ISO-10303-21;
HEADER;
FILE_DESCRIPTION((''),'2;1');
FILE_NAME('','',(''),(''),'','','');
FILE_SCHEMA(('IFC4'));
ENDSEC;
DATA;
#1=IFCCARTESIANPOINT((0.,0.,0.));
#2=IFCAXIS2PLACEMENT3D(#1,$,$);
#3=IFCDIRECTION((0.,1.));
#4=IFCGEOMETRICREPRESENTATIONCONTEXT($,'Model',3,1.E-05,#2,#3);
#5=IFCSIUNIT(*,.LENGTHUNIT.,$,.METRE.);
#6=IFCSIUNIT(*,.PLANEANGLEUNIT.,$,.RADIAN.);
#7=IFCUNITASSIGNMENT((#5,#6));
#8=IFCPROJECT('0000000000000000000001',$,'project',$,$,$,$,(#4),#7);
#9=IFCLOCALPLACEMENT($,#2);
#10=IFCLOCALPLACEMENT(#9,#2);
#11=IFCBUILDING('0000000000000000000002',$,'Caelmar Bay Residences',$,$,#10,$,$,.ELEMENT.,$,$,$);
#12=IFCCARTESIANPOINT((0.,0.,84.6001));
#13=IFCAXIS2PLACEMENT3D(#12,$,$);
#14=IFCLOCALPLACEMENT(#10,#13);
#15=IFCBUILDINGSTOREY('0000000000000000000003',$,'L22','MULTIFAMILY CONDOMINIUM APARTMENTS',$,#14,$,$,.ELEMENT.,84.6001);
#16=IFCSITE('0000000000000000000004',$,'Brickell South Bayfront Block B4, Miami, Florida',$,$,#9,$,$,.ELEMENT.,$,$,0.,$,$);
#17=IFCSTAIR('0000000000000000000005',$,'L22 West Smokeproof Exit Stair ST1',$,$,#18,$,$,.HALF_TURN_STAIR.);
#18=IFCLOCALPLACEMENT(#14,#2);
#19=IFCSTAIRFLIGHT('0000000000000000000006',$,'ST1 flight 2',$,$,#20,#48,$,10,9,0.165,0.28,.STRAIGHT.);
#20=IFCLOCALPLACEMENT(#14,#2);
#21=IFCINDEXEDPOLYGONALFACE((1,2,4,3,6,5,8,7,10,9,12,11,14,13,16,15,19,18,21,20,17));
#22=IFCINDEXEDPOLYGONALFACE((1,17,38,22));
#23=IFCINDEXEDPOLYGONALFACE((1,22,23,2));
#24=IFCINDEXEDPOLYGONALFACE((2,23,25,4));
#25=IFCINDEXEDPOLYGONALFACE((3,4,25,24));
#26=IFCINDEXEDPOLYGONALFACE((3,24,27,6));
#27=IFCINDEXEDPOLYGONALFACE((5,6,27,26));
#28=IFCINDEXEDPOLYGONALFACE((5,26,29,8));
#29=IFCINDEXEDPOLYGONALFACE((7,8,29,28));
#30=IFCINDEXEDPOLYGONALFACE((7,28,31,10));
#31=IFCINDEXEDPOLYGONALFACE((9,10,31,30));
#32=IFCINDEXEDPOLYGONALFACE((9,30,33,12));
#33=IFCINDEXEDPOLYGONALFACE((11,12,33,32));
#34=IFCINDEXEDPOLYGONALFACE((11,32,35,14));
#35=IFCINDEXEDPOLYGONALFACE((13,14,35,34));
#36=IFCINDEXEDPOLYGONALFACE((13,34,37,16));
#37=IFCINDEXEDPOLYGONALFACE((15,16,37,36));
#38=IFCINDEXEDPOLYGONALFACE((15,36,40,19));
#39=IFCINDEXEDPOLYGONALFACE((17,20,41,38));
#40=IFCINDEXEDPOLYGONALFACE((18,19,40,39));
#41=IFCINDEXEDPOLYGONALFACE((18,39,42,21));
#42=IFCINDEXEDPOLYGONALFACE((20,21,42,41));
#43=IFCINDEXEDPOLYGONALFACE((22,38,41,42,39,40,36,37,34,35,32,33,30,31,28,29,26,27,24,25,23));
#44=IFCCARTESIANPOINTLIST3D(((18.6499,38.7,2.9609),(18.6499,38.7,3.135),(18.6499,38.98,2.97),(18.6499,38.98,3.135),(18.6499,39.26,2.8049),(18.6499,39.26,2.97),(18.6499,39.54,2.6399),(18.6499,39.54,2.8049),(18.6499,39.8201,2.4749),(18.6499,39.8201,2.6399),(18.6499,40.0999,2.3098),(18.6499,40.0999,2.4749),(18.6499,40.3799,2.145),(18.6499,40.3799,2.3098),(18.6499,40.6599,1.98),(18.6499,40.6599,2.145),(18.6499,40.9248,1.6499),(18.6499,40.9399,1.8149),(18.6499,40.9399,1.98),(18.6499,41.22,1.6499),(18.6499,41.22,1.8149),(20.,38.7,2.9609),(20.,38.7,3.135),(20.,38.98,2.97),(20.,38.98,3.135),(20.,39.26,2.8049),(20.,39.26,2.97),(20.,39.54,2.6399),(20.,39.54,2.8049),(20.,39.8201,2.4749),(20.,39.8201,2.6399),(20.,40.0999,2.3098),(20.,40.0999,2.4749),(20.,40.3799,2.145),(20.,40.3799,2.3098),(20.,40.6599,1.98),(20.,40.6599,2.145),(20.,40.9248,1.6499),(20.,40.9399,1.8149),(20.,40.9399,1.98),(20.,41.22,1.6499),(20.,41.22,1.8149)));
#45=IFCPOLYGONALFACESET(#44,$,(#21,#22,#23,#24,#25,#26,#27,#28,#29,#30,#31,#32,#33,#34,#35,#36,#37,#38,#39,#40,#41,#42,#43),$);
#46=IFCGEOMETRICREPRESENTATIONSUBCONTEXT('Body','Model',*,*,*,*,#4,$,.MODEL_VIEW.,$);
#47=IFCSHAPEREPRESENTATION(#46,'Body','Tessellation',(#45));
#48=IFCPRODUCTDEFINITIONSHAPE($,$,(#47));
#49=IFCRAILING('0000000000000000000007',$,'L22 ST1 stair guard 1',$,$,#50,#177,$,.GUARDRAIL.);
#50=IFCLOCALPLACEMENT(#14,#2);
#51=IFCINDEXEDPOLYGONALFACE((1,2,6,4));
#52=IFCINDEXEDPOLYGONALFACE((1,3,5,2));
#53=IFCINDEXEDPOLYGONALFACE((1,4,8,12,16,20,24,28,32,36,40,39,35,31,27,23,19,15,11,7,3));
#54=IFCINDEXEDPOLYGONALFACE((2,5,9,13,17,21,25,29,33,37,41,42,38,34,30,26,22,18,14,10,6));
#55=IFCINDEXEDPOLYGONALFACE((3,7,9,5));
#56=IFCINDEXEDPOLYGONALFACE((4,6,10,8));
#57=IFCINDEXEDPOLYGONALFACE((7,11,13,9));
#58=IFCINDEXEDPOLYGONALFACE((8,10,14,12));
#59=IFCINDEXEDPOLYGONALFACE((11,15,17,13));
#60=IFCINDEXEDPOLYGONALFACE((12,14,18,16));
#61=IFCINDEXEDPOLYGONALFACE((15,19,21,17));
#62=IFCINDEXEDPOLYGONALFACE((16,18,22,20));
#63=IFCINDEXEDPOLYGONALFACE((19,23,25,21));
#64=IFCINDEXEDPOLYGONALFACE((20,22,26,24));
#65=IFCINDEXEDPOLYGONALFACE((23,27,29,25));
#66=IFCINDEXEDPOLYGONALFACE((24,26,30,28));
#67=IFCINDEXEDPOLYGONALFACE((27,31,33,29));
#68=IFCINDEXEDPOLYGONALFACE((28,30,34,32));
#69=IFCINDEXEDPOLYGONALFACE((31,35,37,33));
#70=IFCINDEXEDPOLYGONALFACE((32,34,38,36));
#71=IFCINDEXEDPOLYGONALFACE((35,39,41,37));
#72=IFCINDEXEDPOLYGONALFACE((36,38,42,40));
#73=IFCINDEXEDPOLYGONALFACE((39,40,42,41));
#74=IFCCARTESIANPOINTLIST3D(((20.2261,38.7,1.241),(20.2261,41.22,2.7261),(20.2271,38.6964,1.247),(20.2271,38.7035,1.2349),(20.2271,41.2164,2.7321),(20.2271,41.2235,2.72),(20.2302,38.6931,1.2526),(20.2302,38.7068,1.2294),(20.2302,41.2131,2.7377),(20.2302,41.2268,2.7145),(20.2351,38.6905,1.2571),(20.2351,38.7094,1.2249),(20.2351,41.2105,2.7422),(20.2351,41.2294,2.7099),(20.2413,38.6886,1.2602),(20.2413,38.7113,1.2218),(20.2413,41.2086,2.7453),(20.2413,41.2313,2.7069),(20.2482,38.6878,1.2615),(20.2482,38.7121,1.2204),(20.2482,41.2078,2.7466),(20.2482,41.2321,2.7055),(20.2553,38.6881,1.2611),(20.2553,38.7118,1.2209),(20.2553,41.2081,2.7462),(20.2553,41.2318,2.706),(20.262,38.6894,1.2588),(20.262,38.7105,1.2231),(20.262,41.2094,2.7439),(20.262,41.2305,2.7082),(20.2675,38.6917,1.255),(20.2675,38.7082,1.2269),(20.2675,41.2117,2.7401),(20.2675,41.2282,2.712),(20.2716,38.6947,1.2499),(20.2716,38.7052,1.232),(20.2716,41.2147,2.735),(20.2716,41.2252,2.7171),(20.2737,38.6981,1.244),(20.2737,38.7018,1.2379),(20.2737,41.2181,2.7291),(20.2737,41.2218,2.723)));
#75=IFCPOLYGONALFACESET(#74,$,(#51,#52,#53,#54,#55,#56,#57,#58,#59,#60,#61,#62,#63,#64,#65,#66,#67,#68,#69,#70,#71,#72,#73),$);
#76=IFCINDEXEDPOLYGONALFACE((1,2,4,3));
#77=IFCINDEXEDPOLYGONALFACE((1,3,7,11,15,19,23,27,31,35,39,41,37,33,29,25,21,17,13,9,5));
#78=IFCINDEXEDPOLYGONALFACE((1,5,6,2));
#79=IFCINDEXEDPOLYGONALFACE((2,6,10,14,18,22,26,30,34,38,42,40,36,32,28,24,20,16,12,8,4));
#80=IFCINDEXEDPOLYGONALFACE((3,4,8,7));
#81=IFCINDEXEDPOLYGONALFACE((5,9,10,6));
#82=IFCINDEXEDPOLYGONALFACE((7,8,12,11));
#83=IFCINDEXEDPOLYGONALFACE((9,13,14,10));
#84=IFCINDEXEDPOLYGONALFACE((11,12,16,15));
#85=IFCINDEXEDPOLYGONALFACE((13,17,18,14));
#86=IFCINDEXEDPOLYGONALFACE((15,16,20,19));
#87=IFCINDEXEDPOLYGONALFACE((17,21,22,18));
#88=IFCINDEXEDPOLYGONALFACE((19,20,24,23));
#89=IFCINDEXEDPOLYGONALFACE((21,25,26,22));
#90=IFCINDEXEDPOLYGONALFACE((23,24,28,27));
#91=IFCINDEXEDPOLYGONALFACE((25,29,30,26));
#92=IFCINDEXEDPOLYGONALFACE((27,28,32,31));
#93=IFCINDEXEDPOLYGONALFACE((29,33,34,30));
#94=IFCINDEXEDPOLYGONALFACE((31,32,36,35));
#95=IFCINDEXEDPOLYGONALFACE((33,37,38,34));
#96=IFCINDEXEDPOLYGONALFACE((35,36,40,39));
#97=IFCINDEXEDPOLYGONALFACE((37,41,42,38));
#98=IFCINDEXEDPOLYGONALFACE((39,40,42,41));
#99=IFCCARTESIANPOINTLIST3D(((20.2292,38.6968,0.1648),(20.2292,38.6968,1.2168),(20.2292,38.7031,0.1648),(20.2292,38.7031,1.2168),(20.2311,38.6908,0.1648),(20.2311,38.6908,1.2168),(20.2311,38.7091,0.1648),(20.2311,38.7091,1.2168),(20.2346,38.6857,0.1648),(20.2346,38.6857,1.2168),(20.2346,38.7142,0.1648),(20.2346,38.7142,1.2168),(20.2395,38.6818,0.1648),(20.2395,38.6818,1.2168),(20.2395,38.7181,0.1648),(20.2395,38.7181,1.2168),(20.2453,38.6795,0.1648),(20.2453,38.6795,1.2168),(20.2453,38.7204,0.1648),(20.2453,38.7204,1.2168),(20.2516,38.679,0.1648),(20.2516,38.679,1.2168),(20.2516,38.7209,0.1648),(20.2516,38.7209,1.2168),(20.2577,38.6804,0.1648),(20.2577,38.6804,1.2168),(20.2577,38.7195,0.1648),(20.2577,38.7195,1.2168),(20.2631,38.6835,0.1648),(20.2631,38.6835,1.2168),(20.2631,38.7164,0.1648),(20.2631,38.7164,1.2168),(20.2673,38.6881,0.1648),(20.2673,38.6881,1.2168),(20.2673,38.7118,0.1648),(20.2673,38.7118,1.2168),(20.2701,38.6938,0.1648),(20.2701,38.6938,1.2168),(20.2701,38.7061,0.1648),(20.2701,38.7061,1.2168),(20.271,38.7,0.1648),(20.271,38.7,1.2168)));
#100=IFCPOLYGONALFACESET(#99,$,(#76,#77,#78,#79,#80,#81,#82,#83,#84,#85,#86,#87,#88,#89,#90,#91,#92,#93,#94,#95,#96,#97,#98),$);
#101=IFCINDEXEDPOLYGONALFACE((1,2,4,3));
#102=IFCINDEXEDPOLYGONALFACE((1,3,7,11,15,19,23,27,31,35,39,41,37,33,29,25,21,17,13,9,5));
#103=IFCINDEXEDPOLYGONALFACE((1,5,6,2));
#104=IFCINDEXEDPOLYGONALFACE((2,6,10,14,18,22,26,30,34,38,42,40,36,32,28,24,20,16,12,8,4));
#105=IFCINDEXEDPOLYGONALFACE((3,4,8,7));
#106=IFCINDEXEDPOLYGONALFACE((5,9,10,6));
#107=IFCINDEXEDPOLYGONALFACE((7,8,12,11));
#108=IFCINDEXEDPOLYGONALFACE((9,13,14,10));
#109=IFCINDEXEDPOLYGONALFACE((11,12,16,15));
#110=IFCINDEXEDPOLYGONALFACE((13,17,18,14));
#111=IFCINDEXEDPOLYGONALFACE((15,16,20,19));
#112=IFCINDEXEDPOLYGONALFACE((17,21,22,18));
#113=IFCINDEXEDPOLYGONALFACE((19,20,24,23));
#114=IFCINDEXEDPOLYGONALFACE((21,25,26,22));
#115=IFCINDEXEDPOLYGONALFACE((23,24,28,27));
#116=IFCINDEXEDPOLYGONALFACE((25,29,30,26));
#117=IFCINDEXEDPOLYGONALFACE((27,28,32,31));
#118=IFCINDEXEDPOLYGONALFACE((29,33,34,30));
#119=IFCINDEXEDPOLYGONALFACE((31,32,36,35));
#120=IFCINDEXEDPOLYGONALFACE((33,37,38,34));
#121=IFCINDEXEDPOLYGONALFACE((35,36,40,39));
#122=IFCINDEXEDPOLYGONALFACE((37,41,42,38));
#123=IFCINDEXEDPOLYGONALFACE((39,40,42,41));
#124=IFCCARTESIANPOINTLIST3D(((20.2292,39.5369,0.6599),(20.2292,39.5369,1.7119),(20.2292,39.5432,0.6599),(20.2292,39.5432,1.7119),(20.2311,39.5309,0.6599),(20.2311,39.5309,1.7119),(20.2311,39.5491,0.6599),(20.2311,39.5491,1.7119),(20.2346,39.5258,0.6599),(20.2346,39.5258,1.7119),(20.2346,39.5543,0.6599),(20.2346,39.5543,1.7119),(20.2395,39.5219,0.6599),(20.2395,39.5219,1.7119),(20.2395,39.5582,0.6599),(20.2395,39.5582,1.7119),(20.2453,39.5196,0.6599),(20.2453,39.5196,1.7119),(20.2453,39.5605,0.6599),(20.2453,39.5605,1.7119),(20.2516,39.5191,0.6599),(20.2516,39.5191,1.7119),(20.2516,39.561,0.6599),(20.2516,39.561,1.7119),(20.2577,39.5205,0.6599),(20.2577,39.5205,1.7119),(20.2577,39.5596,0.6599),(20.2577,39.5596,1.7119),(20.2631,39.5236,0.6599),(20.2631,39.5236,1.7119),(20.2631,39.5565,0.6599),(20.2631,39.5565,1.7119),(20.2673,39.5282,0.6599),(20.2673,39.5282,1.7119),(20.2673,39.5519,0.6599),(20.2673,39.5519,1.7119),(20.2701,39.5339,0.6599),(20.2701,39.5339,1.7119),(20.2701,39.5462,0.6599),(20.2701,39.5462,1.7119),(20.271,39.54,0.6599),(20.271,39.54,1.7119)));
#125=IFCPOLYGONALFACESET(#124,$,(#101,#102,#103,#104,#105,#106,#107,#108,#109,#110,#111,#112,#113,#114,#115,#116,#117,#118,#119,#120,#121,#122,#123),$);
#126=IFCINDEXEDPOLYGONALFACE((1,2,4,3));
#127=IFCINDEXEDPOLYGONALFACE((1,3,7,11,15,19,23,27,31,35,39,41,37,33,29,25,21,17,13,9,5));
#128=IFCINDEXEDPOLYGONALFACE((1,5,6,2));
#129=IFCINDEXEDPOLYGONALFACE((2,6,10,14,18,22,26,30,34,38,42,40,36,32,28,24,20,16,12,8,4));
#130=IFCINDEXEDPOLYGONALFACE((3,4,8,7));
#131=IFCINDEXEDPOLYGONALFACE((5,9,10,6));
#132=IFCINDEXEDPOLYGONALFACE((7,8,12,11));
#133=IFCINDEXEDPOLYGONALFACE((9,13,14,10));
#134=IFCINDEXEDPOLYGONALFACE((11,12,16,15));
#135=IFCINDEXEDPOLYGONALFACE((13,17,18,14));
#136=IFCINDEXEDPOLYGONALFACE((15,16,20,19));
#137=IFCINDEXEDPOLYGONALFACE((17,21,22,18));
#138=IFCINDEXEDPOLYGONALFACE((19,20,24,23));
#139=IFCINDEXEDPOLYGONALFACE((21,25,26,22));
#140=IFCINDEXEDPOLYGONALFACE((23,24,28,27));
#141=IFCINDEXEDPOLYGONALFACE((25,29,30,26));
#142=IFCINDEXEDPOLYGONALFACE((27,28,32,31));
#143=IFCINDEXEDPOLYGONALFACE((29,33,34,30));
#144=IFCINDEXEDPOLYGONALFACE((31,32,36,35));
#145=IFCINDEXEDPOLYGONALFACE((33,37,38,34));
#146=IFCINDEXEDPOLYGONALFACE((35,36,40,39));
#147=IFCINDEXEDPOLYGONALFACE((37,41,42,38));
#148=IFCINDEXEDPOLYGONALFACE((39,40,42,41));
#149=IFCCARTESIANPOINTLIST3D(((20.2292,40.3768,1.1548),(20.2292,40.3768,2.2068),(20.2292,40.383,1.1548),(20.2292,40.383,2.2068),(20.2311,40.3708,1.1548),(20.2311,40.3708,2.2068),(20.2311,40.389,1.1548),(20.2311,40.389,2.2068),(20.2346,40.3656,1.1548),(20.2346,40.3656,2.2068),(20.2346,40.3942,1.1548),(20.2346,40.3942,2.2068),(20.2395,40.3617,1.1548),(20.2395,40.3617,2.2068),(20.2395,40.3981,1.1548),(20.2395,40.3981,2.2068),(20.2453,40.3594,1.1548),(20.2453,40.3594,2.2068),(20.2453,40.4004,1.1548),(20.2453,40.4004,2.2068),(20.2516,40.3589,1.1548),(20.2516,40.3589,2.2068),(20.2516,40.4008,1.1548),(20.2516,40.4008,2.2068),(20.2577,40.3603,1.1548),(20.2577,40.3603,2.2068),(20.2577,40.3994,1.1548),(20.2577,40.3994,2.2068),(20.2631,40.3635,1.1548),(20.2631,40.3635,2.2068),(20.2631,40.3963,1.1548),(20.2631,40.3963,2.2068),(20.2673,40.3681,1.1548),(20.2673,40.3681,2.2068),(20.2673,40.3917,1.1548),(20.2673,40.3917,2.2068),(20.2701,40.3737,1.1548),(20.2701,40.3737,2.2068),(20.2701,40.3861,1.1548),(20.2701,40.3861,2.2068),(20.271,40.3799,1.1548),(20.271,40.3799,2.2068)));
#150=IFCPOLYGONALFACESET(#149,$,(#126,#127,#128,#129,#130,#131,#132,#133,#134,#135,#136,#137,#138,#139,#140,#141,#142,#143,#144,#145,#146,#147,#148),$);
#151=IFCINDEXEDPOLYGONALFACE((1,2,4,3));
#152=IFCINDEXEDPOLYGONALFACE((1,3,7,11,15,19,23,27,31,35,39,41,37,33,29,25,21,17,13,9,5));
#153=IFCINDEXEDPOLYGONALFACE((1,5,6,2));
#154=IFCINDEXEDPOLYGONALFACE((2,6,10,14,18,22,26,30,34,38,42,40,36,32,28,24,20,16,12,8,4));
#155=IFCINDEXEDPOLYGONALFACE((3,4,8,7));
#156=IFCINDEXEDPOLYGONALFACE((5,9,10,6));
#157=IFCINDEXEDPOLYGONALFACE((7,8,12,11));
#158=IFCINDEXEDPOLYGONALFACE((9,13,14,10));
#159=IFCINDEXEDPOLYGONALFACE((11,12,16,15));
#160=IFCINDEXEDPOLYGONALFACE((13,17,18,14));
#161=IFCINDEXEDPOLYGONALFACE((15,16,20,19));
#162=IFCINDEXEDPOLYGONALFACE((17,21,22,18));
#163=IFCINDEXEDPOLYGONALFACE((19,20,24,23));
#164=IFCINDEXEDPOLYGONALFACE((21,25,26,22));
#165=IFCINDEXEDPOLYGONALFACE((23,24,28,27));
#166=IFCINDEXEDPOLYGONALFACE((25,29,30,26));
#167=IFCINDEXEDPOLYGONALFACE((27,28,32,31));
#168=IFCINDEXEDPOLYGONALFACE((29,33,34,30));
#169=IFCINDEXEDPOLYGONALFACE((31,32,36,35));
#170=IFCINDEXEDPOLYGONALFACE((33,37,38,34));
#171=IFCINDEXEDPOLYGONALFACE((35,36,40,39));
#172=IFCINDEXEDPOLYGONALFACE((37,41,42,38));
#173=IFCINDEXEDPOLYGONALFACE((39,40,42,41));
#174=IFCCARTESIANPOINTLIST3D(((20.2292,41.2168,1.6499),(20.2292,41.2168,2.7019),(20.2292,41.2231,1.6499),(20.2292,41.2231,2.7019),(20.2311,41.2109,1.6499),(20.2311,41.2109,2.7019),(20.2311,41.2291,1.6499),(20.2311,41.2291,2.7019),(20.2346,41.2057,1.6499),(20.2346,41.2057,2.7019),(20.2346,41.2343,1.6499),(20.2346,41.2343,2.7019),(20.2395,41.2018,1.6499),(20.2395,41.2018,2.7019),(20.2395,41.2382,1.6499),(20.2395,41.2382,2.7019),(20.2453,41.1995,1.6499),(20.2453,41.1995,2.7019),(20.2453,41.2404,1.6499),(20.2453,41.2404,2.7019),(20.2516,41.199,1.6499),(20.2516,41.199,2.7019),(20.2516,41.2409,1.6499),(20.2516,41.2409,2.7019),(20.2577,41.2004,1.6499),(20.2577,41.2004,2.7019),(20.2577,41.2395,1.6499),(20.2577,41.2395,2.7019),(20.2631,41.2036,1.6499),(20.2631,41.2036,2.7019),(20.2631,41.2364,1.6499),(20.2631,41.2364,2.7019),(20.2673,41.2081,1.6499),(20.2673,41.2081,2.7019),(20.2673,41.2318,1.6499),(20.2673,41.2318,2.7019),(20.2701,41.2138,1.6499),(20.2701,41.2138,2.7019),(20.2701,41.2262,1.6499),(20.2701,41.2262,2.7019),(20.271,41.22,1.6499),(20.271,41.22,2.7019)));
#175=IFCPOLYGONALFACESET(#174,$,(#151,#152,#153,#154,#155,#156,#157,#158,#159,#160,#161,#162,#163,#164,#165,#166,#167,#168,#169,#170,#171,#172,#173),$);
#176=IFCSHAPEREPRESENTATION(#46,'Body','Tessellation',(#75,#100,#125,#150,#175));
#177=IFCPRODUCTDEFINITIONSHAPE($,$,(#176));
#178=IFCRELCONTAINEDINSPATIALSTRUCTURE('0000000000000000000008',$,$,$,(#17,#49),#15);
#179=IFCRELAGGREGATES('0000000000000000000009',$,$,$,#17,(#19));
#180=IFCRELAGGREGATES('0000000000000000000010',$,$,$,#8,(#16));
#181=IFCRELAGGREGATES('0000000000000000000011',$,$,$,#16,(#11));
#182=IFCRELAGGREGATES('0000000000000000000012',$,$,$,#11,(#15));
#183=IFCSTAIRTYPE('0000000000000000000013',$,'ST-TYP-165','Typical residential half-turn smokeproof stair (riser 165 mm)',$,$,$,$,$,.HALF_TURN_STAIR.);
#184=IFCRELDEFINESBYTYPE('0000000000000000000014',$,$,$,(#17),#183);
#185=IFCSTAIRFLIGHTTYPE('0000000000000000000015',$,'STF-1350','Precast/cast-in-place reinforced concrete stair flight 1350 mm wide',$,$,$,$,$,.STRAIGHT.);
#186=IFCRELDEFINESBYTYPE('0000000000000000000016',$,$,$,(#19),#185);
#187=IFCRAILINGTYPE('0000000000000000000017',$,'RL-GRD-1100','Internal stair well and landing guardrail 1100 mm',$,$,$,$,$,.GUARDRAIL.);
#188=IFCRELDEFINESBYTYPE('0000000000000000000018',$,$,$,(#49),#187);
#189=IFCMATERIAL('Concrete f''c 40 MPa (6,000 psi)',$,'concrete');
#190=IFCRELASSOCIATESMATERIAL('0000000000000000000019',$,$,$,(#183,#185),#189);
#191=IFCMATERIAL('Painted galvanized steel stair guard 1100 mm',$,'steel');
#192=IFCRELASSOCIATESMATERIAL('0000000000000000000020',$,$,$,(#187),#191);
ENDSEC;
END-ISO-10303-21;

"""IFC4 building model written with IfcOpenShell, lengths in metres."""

from ifc_helpers import new_model, si_unit, direction, frame, origin, origin_2d, place, context, subcontext, project, spatial, polyline, circle, outline, extrude, material, type_object, element, aggregate, save


model = new_model("IFC4")

# Units and contexts
model_context = context("Model", 3, precision=1e-05, world=origin(), true_north=direction((0.0, 1.0)))
body_context = subcontext(model_context, "Body", "Model", "MODEL_VIEW")
ifc_project = project(units=[si_unit("LENGTHUNIT", "METRE"), si_unit("PLANEANGLEUNIT", "RADIAN")], contexts=[model_context])

# Site, building, storey
site_placement = place(None, origin())
site = spatial("IfcSite", under=ifc_project, at=site_placement, Name="Brickell South Bayfront Block B4, Miami, Florida", CompositionType="ELEMENT", RefElevation=0.0)
building_placement = place(site_placement, origin())
building = spatial("IfcBuilding", under=site, at=building_placement, Name="Caelmar Bay Residences", CompositionType="ELEMENT")
storey_placement = place(building_placement, frame((0.0, 0.0, 84.6001)))
storey = spatial("IfcBuildingStorey", under=building, at=storey_placement, Name="L22", Description="MULTIFAMILY CONDOMINIUM APARTMENTS", CompositionType="ELEMENT", Elevation=84.6001)

# Stair, stair flight
ifc_material_1 = material(Name="Concrete f'c 40 MPa (6,000 psi)", Category="concrete")
stair_type = type_object("IfcStairType", Name="ST-TYP-165", Description="Typical residential half-turn smokeproof stair (riser 165 mm)", PredefinedType="HALF_TURN_STAIR", material=ifc_material_1)
stair_placement = place(storey_placement, origin())
stair = element("IfcStair", 1, at=stair_placement, inside=storey, type_object=stair_type, Name="L22 West Smokeproof Exit Stair ST1", PredefinedType="HALF_TURN_STAIR")
stair_flight_type = type_object("IfcStairFlightType", Name="STF-1350", Description="Precast/cast-in-place reinforced concrete stair flight 1350 mm wide", PredefinedType="STRAIGHT", material=ifc_material_1)
stair_flight_1_placement = place(storey_placement, frame((19.325, 41.22, 1.6499), z_axis=(0.0, 0.0, 1.0), x_axis=(0.0, -1.0, 0.0)))
stair_flight_1 = element("IfcStairFlight", 2, at=stair_flight_1_placement, type_object=stair_flight_type, Name="ST1 flight 2", NumberOfRisers=10, NumberOfTreads=9, PredefinedType="STRAIGHT", RiserHeight=0.165, TreadLength=0.28, context=body_context, shape_type="SweptSolid", body=[
    extrude(outline(polyline([(0.0, 0.0), (0.0, 0.165), (0.28, 0.165), (0.28, 0.3301), (0.5601, 0.3301), (0.5601, 0.4951), (0.8401, 0.4951), (0.8401, 0.6599), (1.1201, 0.6599), (1.1201, 0.825), (1.3999, 0.825), (1.3999, 0.99), (1.6799, 0.99), (1.6799, 1.155), (1.96, 1.155), (1.96, 1.3201), (2.24, 1.3201), (2.24, 1.4851), (2.52, 1.4851), (2.52, 1.6499), (2.52, 1.311), (0.2952, 0.0), (0.0, 0.0)])), frame((0.0, 0.675, 0.0), z_axis=(0.0, -1.0, 0.0), x_axis=(1.0, 0.0, 0.0)), (0.0, 0.0, 1.0), 1.3501),
])
aggregate(stair, [stair_flight_1])

# Railing
ifc_material_2 = material(Name="Painted galvanized steel stair guard 1100 mm", Category="steel")
railing_type_1 = type_object("IfcRailingType", Name="RL-GRD-1100", Description="Internal stair well and landing guardrail 1100 mm", PredefinedType="GUARDRAIL", material=ifc_material_2)
railing_1_placement = place(storey_placement, frame((20.25, 38.7, 0.1648)))
element("IfcRailing", 3, at=railing_1_placement, inside=storey, type_object=railing_type_1, Name="L22 ST1 stair guard 1", PredefinedType="GUARDRAIL", context=body_context, shape_type="SweptSolid", body=[
    extrude(circle(Radius=0.0239, at=origin_2d()), frame((0.0, 0.0, 1.0762), z_axis=(0.0, 0.861524, 0.507717), x_axis=(-1.0, 0.0, 0.0)), (0.0, 0.0, 1.0), 2.925),
    extrude(circle(Radius=0.021, at=origin_2d()), origin(), (0.0, 0.0, 1.0), 1.052),
    extrude(circle(Radius=0.021, at=origin_2d()), frame((0.0, 0.8401, 0.4951)), (0.0, 0.0, 1.0), 1.052),
    extrude(circle(Radius=0.021, at=origin_2d()), frame((0.0, 1.6799, 0.99)), (0.0, 0.0, 1.0), 1.052),
    extrude(circle(Radius=0.021, at=origin_2d()), frame((0.0, 2.52, 1.4851)), (0.0, 0.0, 1.0), 1.052),
])

save(model, "model.ifc")
